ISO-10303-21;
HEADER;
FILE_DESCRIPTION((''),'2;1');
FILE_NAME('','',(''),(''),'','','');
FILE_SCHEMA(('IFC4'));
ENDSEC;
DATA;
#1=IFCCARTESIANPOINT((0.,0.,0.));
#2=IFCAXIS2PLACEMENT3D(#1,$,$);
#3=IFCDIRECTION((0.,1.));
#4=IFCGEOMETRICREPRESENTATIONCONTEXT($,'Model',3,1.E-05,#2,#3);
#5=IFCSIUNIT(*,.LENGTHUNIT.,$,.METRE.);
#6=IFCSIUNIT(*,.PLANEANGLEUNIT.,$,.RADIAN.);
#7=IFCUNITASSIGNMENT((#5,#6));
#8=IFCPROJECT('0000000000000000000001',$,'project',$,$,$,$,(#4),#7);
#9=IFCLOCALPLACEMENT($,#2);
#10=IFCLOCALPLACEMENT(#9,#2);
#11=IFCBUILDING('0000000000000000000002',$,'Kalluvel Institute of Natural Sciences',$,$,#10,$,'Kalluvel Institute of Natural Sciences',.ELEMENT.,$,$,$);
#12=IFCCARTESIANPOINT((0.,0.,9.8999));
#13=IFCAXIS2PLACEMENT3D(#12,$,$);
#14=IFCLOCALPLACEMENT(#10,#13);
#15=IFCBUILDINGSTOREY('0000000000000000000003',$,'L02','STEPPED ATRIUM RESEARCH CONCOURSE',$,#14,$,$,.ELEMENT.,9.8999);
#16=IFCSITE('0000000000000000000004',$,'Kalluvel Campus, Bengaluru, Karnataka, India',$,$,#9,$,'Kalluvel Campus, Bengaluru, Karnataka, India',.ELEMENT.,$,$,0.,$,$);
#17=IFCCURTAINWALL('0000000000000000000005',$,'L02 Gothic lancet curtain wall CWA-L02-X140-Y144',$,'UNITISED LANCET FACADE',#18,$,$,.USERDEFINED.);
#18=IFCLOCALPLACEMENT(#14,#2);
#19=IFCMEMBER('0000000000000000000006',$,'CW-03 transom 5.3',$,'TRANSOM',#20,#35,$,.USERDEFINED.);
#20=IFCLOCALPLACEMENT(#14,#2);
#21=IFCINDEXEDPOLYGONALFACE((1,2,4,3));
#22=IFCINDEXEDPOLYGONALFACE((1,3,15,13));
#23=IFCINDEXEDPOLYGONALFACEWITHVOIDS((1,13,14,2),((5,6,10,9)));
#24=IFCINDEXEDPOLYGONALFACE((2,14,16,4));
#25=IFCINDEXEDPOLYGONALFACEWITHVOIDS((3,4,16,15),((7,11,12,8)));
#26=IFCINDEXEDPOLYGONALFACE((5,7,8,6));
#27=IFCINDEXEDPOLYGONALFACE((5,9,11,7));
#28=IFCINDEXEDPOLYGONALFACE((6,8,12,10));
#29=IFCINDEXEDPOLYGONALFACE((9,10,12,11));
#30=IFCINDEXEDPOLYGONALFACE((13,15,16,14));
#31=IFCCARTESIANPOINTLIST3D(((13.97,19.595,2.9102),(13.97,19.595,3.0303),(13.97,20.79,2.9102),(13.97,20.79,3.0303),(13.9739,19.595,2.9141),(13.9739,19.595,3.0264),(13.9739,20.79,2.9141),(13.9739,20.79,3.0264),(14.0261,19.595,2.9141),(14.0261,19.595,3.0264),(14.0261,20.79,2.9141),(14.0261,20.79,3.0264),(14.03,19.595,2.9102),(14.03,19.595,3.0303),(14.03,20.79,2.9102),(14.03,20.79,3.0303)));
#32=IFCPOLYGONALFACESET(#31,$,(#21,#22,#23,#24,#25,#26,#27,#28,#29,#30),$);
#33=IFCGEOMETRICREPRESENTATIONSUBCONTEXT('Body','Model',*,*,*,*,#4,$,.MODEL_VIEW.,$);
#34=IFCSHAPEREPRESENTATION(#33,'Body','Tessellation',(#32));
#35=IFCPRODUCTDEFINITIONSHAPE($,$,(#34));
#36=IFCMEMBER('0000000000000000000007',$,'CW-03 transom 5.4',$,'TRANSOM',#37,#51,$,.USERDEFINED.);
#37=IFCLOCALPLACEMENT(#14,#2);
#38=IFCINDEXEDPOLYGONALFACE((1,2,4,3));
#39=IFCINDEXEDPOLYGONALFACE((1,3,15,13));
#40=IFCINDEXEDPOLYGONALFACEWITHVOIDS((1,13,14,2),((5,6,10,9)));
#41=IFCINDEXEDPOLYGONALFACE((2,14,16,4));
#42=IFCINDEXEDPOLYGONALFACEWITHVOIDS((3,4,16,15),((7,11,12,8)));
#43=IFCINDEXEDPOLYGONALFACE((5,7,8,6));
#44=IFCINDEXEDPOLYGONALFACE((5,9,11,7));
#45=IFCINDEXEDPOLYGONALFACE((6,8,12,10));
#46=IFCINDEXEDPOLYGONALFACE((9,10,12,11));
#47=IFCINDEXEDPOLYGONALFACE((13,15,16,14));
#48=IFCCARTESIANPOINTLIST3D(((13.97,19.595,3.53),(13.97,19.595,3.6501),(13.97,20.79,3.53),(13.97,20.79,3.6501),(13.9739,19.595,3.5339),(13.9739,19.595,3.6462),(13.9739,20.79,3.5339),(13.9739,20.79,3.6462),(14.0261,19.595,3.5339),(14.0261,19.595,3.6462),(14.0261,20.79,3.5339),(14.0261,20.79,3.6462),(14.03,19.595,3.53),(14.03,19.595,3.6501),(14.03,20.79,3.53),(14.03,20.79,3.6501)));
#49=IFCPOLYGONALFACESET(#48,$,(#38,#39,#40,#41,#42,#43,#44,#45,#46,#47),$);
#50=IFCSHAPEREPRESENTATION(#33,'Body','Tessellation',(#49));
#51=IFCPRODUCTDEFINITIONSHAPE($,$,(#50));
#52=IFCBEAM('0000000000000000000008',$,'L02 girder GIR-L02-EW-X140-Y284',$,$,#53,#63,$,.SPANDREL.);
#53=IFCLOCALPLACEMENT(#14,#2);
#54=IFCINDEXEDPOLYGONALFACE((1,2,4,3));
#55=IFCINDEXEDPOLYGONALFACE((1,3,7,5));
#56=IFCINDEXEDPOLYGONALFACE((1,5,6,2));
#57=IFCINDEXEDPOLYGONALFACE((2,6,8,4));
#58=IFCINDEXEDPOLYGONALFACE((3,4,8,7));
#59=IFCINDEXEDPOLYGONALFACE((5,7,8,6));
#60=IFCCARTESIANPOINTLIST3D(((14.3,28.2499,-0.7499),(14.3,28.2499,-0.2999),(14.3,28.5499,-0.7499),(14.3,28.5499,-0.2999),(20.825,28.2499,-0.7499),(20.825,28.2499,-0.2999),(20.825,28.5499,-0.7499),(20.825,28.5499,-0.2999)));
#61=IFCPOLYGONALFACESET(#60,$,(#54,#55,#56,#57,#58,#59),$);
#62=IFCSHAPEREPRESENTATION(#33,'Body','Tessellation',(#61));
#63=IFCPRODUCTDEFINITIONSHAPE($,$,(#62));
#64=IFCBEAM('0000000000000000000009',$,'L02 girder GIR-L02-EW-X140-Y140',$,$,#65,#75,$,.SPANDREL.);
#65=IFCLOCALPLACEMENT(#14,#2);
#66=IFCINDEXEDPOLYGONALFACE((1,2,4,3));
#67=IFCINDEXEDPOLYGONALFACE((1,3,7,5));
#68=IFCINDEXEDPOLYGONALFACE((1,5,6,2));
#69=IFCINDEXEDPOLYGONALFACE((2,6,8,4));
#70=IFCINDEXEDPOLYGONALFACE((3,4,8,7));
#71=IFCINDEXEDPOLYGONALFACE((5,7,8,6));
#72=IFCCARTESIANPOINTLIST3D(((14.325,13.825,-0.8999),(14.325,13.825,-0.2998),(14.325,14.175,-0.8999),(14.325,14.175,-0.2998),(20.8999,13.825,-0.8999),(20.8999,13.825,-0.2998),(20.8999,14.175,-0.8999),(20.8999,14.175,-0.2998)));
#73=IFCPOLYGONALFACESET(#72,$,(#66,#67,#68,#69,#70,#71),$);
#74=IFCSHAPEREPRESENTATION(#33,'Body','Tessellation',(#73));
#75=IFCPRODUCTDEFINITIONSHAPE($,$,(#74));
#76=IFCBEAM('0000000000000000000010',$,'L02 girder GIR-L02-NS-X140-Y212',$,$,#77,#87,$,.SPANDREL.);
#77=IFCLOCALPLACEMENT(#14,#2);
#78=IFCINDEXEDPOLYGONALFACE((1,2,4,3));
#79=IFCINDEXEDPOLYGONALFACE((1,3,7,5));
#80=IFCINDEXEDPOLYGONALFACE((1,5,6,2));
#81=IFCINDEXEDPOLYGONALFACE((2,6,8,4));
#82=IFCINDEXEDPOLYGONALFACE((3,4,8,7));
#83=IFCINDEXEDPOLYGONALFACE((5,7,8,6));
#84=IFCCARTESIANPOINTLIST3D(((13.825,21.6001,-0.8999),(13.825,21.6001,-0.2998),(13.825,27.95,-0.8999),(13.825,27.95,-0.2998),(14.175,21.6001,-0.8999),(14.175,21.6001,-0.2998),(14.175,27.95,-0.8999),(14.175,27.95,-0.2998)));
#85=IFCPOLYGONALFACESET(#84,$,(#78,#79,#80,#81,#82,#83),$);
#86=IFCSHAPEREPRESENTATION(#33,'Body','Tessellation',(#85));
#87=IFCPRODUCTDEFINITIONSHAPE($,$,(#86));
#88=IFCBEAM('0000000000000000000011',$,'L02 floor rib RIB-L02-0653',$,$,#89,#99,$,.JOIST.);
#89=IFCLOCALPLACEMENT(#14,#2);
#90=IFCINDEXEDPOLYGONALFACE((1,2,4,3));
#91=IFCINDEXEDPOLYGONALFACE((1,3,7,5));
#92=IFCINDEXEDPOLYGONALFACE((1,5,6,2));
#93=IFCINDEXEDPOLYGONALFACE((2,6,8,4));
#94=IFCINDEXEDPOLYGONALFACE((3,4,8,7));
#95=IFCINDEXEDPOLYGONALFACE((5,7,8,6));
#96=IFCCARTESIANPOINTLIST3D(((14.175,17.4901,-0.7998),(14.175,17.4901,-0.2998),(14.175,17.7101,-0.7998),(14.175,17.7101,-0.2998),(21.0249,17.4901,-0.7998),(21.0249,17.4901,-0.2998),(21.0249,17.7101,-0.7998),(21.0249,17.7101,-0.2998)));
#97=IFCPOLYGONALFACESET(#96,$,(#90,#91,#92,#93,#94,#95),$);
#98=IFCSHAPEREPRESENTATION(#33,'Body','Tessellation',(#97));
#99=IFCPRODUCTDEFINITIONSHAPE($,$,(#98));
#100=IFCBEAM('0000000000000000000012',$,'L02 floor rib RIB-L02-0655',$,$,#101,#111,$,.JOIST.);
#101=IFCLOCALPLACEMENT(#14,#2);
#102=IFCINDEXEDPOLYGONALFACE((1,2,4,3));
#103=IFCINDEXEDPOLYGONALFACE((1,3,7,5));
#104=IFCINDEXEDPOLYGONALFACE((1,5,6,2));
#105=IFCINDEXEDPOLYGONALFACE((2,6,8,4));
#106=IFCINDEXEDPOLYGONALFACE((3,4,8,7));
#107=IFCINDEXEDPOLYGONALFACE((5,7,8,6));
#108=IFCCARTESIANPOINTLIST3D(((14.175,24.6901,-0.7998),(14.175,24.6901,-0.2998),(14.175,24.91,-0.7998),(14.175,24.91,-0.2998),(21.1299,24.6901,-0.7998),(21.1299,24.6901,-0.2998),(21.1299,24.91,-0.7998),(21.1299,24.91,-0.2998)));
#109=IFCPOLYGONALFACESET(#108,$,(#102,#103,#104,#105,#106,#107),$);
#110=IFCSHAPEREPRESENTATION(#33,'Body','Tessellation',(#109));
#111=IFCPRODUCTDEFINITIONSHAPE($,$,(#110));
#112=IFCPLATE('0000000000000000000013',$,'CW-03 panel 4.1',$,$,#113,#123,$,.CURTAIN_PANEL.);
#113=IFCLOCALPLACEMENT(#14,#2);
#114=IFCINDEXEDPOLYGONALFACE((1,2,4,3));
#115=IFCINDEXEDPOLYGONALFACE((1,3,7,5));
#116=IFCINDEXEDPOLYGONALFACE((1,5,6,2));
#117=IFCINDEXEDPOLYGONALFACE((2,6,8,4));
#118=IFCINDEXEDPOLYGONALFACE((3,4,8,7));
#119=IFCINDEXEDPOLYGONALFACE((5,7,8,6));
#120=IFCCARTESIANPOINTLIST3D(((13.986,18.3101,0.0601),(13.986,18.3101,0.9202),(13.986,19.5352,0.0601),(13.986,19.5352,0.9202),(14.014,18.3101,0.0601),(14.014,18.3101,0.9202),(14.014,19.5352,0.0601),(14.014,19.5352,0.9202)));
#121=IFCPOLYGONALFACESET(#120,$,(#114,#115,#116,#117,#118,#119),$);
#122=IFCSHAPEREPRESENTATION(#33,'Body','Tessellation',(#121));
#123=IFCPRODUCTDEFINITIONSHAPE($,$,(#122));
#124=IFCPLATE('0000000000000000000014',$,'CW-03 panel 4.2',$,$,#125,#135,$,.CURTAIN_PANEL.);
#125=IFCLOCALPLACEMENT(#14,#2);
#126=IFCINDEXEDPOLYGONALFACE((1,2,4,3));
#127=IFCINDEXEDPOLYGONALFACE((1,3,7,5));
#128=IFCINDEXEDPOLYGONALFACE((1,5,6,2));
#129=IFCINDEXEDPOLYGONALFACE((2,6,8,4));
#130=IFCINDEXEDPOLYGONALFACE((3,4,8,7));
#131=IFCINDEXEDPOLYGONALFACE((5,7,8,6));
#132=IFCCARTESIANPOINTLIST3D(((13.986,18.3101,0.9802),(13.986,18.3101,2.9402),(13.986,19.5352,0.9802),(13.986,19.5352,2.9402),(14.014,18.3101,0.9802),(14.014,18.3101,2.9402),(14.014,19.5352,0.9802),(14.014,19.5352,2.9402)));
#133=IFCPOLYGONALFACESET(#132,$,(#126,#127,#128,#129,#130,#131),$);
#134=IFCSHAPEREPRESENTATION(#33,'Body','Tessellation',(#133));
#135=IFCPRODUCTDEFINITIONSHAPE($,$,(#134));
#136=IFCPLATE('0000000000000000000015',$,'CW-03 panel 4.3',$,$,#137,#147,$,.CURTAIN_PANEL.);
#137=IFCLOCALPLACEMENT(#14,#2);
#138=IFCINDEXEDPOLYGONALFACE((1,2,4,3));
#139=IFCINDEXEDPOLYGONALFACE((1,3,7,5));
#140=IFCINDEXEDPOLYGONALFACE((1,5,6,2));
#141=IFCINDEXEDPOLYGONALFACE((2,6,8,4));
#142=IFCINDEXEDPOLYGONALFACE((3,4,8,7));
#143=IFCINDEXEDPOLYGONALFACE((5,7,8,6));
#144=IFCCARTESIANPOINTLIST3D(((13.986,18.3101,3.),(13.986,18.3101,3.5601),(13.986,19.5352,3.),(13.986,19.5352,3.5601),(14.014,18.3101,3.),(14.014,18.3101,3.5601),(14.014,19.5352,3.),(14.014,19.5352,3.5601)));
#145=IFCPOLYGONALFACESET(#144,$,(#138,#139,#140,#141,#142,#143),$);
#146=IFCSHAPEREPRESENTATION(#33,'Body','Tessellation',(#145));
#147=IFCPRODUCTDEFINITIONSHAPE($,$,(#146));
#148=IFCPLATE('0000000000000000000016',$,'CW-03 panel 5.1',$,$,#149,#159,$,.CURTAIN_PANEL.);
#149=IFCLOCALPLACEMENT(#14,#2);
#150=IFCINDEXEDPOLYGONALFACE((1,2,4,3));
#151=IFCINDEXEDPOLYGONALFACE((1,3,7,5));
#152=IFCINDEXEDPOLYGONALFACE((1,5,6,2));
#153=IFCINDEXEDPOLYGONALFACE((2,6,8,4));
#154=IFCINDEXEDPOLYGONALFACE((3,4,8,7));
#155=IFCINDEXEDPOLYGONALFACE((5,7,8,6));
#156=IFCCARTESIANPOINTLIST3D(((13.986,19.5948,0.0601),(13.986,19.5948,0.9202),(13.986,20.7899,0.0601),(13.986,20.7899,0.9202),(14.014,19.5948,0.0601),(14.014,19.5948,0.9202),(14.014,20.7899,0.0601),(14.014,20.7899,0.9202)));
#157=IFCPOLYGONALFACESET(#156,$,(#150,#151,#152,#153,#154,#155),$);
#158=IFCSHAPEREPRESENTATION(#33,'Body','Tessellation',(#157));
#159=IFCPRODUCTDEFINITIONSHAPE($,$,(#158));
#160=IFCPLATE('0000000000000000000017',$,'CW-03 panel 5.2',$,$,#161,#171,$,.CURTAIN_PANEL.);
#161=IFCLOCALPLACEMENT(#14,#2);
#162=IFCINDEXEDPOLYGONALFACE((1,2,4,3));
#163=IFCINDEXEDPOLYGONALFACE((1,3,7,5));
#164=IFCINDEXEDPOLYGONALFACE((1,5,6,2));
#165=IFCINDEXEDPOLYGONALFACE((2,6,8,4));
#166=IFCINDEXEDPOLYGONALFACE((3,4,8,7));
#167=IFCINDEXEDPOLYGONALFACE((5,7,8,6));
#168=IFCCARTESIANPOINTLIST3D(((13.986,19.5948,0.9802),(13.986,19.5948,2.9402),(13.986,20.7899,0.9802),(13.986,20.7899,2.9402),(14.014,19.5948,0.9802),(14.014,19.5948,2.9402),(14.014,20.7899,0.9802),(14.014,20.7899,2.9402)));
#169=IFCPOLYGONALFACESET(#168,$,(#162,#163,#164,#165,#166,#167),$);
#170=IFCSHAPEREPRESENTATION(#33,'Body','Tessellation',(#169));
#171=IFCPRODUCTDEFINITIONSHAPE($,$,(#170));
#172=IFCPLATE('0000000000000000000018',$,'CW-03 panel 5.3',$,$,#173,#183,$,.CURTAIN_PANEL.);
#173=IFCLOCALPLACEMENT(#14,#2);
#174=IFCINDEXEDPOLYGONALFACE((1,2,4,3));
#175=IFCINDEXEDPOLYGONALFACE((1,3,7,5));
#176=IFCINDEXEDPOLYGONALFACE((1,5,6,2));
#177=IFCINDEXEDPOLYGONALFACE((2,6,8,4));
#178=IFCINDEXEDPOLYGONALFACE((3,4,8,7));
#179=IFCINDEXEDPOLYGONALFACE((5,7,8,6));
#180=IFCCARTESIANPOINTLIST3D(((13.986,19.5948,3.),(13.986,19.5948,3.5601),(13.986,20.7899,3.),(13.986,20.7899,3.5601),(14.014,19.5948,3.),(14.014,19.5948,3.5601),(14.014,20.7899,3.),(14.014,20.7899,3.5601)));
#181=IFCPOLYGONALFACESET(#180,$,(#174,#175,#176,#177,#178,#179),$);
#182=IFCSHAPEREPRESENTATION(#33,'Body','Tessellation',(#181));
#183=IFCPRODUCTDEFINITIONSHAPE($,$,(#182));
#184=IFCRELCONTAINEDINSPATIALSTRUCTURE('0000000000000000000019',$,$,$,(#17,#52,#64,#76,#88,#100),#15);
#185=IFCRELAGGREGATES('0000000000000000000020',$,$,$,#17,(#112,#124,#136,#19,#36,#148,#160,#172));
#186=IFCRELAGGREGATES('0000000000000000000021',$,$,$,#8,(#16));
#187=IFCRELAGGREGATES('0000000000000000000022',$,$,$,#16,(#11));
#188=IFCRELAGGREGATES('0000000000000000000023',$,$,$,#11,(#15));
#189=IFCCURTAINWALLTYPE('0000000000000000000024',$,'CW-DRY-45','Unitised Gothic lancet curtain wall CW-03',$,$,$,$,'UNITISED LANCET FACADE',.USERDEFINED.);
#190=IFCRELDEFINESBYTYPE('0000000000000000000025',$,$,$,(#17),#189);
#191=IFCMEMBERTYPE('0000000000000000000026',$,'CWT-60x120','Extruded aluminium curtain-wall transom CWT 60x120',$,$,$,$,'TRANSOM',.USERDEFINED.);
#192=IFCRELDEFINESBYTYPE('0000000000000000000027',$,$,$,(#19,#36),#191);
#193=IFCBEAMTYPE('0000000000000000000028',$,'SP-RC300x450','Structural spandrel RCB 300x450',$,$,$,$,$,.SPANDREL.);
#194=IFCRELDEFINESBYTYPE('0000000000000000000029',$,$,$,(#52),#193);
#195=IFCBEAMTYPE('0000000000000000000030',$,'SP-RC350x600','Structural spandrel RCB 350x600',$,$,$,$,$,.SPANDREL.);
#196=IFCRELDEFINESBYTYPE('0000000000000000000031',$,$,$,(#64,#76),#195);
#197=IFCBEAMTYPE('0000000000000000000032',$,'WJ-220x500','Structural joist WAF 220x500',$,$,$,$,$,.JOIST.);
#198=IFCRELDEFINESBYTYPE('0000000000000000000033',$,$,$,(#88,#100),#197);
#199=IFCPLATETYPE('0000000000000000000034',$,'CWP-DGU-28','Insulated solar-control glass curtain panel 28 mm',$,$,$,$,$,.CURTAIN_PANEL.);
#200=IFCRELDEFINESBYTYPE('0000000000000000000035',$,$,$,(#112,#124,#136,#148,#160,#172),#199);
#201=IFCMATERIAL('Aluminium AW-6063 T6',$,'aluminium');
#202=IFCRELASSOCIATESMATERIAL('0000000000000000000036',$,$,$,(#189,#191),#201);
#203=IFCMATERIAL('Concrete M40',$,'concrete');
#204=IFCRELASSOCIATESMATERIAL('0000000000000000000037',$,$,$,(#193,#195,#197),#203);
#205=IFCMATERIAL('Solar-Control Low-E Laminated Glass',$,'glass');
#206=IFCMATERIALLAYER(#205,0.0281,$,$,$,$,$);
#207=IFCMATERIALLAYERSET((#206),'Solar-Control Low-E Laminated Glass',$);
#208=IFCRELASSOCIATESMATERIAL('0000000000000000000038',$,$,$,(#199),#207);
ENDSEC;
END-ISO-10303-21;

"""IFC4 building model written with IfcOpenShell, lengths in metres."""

from ifc_helpers import new_model, si_unit, direction, frame, origin, origin_2d, place, context, subcontext, project, spatial, rectangle, hollow_rectangle, extrude, material, layer, layer_set, material_profile, profile_set, type_object, element, aggregate, save


model = new_model("IFC4")

# Units and contexts
model_context = context("Model", 3, precision=1e-05, world=origin(), true_north=direction((0.0, 1.0)))
body_context = subcontext(model_context, "Body", "Model", "MODEL_VIEW")
ifc_project = project(units=[si_unit("LENGTHUNIT", "METRE"), si_unit("PLANEANGLEUNIT", "RADIAN")], contexts=[model_context])

# Site, building, storey
site_placement = place(None, origin())
site = spatial("IfcSite", under=ifc_project, at=site_placement, Name="Kalluvel Campus, Bengaluru, Karnataka, India", LongName="Kalluvel Campus, Bengaluru, Karnataka, India", CompositionType="ELEMENT", RefElevation=0.0)
building_placement = place(site_placement, origin())
building = spatial("IfcBuilding", under=site, at=building_placement, Name="Kalluvel Institute of Natural Sciences", LongName="Kalluvel Institute of Natural Sciences", CompositionType="ELEMENT")
storey_placement = place(building_placement, frame((0.0, 0.0, 9.8999)))
storey = spatial("IfcBuildingStorey", under=building, at=storey_placement, Name="L02", Description="STEPPED ATRIUM RESEARCH CONCOURSE", CompositionType="ELEMENT", Elevation=9.8999)

# Shared definitions
ifc_material_1 = material(Name="Concrete M40", Category="concrete")

# Curtain wall, members
ifc_material_2 = material(Name="Aluminium AW-6063 T6", Category="aluminium")
curtain_wall_type = type_object("IfcCurtainWallType", Name="CW-DRY-45", Description="Unitised Gothic lancet curtain wall CW-03", ElementType="UNITISED LANCET FACADE", PredefinedType="USERDEFINED", material=ifc_material_2)
curtain_wall_placement = place(storey_placement, origin())
curtain_wall = element("IfcCurtainWall", 1, at=curtain_wall_placement, inside=storey, type_object=curtain_wall_type, Name="L02 Gothic lancet curtain wall CWA-L02-X140-Y144", ObjectType="UNITISED LANCET FACADE", PredefinedType="USERDEFINED")
ifc_material_profile_1 = material_profile(ifc_material_2, hollow_rectangle(XDim=0.0601, YDim=0.1201, WallThickness=0.0039, at=origin_2d()), Name="CWT 60x120")
ifc_profile_set_1 = profile_set([ifc_material_profile_1], Name="Aluminium AW-6063 T6")
member_type_1 = type_object("IfcMemberType", Name="CWT-60x120", Description="Extruded aluminium curtain-wall transom CWT 60x120", ElementType="TRANSOM", PredefinedType="USERDEFINED", material=ifc_profile_set_1)
member_1_placement = place(storey_placement, frame((14.0, 19.595, 2.9702), z_axis=(0.0, 1.0, 0.0), x_axis=(-1.0, 0.0, 0.0)))
member_1 = element("IfcMember", 2, at=member_1_placement, type_object=member_type_1, Name="CW-03 transom 5.3", ObjectType="TRANSOM", PredefinedType="USERDEFINED", context=body_context, shape_type="SweptSolid", body=[
    extrude(hollow_rectangle(XDim=0.0601, YDim=0.1201, WallThickness=0.0039, at=origin_2d()), origin(), (0.0, 0.0, 1.0), 1.1951),
])
member_2_placement = place(storey_placement, frame((14.0, 19.595, 3.5901), z_axis=(0.0, 1.0, 0.0), x_axis=(-1.0, 0.0, 0.0)))
member_2 = element("IfcMember", 3, at=member_2_placement, type_object=member_type_1, Name="CW-03 transom 5.4", ObjectType="TRANSOM", PredefinedType="USERDEFINED", context=body_context, shape_type="SweptSolid", body=[
    extrude(hollow_rectangle(XDim=0.0601, YDim=0.1201, WallThickness=0.0039, at=origin_2d()), origin(), (0.0, 0.0, 1.0), 1.1951),
])

# Beams
ifc_material_profile_2 = material_profile(ifc_material_1, rectangle(XDim=0.3, YDim=0.45, at=origin_2d()), Name="RCB 300x450")
ifc_profile_set_2 = profile_set([ifc_material_profile_2], Name="Concrete M40")
beam_type_1 = type_object("IfcBeamType", Name="SP-RC300x450", Description="Structural spandrel RCB 300x450", PredefinedType="SPANDREL", material=ifc_profile_set_2)
beam_1_placement = place(storey_placement, frame((14.3, 28.3999, -0.5249), z_axis=(1.0, 0.0, 0.0), x_axis=(0.0, 1.0, 0.0)))
element("IfcBeam", 4, at=beam_1_placement, inside=storey, type_object=beam_type_1, Name="L02 girder GIR-L02-EW-X140-Y284", PredefinedType="SPANDREL", context=body_context, shape_type="SweptSolid", body=[
    extrude(rectangle(XDim=0.3, YDim=0.45, at=origin_2d()), origin(), (0.0, 0.0, 1.0), 6.5249),
])
ifc_material_profile_3 = material_profile(ifc_material_1, rectangle(XDim=0.3501, YDim=0.6001, at=origin_2d()), Name="RCB 350x600")
ifc_profile_set_3 = profile_set([ifc_material_profile_3], Name="Concrete M40")
beam_type_2 = type_object("IfcBeamType", Name="SP-RC350x600", Description="Structural spandrel RCB 350x600", PredefinedType="SPANDREL", material=ifc_profile_set_3)
beam_2_placement = place(storey_placement, frame((14.325, 14.0, -0.5999), z_axis=(1.0, 0.0, 0.0), x_axis=(0.0, 1.0, 0.0)))
element("IfcBeam", 5, at=beam_2_placement, inside=storey, type_object=beam_type_2, Name="L02 girder GIR-L02-EW-X140-Y140", PredefinedType="SPANDREL", context=body_context, shape_type="SweptSolid", body=[
    extrude(rectangle(XDim=0.3501, YDim=0.6001, at=origin_2d()), origin(), (0.0, 0.0, 1.0), 6.575),
])
beam_3_placement = place(storey_placement, frame((14.0, 21.6001, -0.5999), z_axis=(0.0, 1.0, 0.0), x_axis=(-1.0, 0.0, 0.0)))
element("IfcBeam", 6, at=beam_3_placement, inside=storey, type_object=beam_type_2, Name="L02 girder GIR-L02-NS-X140-Y212", PredefinedType="SPANDREL", context=body_context, shape_type="SweptSolid", body=[
    extrude(rectangle(XDim=0.3501, YDim=0.6001, at=origin_2d()), origin(), (0.0, 0.0, 1.0), 6.3499),
])
ifc_material_profile_4 = material_profile(ifc_material_1, rectangle(XDim=0.22, YDim=0.5, at=origin_2d()), Name="WAF 220x500")
ifc_profile_set_4 = profile_set([ifc_material_profile_4], Name="Concrete M40")
beam_type_3 = type_object("IfcBeamType", Name="WJ-220x500", Description="Structural joist WAF 220x500", PredefinedType="JOIST", material=ifc_profile_set_4)
beam_4_placement = place(storey_placement, frame((14.175, 17.6001, -0.5498), z_axis=(1.0, 0.0, 0.0), x_axis=(0.0, 1.0, 0.0)))
element("IfcBeam", 7, at=beam_4_placement, inside=storey, type_object=beam_type_3, Name="L02 floor rib RIB-L02-0653", PredefinedType="JOIST", context=body_context, shape_type="SweptSolid", body=[
    extrude(rectangle(XDim=0.22, YDim=0.5, at=origin_2d()), origin(), (0.0, 0.0, 1.0), 6.8499),
])
beam_5_placement = place(storey_placement, frame((14.175, 24.8, -0.5498), z_axis=(1.0, 0.0, 0.0), x_axis=(0.0, 1.0, 0.0)))
element("IfcBeam", 8, at=beam_5_placement, inside=storey, type_object=beam_type_3, Name="L02 floor rib RIB-L02-0655", PredefinedType="JOIST", context=body_context, shape_type="SweptSolid", body=[
    extrude(rectangle(XDim=0.22, YDim=0.5, at=origin_2d()), origin(), (0.0, 0.0, 1.0), 6.9548),
])

# Plates
ifc_material_3 = material(Name="Solar-Control Low-E Laminated Glass", Category="glass")
ifc_layer_1 = layer(ifc_material_3, 0.0281)
ifc_layer_set_1 = layer_set([ifc_layer_1], Name="Solar-Control Low-E Laminated Glass")
plate_type = type_object("IfcPlateType", Name="CWP-DGU-28", Description="Insulated solar-control glass curtain panel 28 mm", PredefinedType="CURTAIN_PANEL", material=ifc_layer_set_1)
plate_1_placement = place(storey_placement, frame((14.0, 18.9226, 0.0601), z_axis=(0.0, 0.0, 1.0), x_axis=(0.0, 1.0, 0.0)))
plate_1 = element("IfcPlate", 9, at=plate_1_placement, type_object=plate_type, Name="CW-03 panel 4.1", PredefinedType="CURTAIN_PANEL", context=body_context, shape_type="SweptSolid", body=[
    extrude(rectangle(XDim=1.2251, YDim=0.0281, at=origin_2d()), origin(), (0.0, 0.0, 1.0), 0.8601),
])
plate_2_placement = place(storey_placement, frame((14.0, 18.9226, 0.9802), z_axis=(0.0, 0.0, 1.0), x_axis=(0.0, 1.0, 0.0)))
plate_2 = element("IfcPlate", 10, at=plate_2_placement, type_object=plate_type, Name="CW-03 panel 4.2", PredefinedType="CURTAIN_PANEL", context=body_context, shape_type="SweptSolid", body=[
    extrude(rectangle(XDim=1.2251, YDim=0.0281, at=origin_2d()), origin(), (0.0, 0.0, 1.0), 1.96),
])
plate_3_placement = place(storey_placement, frame((14.0, 18.9226, 3.0), z_axis=(0.0, 0.0, 1.0), x_axis=(0.0, 1.0, 0.0)))
plate_3 = element("IfcPlate", 11, at=plate_3_placement, type_object=plate_type, Name="CW-03 panel 4.3", PredefinedType="CURTAIN_PANEL", context=body_context, shape_type="SweptSolid", body=[
    extrude(rectangle(XDim=1.2251, YDim=0.0281, at=origin_2d()), origin(), (0.0, 0.0, 1.0), 0.5601),
])
plate_4_placement = place(storey_placement, frame((14.0, 20.1924, 0.0601), z_axis=(0.0, 0.0, 1.0), x_axis=(0.0, 1.0, 0.0)))
plate_4 = element("IfcPlate", 12, at=plate_4_placement, type_object=plate_type, Name="CW-03 panel 5.1", PredefinedType="CURTAIN_PANEL", context=body_context, shape_type="SweptSolid", body=[
    extrude(rectangle(XDim=1.1951, YDim=0.0281, at=origin_2d()), origin(), (0.0, 0.0, 1.0), 0.8601),
])
plate_5_placement = place(storey_placement, frame((14.0, 20.1924, 0.9802), z_axis=(0.0, 0.0, 1.0), x_axis=(0.0, 1.0, 0.0)))
plate_5 = element("IfcPlate", 13, at=plate_5_placement, type_object=plate_type, Name="CW-03 panel 5.2", PredefinedType="CURTAIN_PANEL", context=body_context, shape_type="SweptSolid", body=[
    extrude(rectangle(XDim=1.1951, YDim=0.0281, at=origin_2d()), origin(), (0.0, 0.0, 1.0), 1.96),
])
plate_6_placement = place(storey_placement, frame((14.0, 20.1924, 3.0), z_axis=(0.0, 0.0, 1.0), x_axis=(0.0, 1.0, 0.0)))
plate_6 = element("IfcPlate", 14, at=plate_6_placement, type_object=plate_type, Name="CW-03 panel 5.3", PredefinedType="CURTAIN_PANEL", context=body_context, shape_type="SweptSolid", body=[
    extrude(rectangle(XDim=1.1951, YDim=0.0281, at=origin_2d()), origin(), (0.0, 0.0, 1.0), 0.5601),
])
aggregate(curtain_wall, [plate_1, plate_2, plate_3, member_1, member_2, plate_4, plate_5, plate_6])

save(model, "model.ifc")
